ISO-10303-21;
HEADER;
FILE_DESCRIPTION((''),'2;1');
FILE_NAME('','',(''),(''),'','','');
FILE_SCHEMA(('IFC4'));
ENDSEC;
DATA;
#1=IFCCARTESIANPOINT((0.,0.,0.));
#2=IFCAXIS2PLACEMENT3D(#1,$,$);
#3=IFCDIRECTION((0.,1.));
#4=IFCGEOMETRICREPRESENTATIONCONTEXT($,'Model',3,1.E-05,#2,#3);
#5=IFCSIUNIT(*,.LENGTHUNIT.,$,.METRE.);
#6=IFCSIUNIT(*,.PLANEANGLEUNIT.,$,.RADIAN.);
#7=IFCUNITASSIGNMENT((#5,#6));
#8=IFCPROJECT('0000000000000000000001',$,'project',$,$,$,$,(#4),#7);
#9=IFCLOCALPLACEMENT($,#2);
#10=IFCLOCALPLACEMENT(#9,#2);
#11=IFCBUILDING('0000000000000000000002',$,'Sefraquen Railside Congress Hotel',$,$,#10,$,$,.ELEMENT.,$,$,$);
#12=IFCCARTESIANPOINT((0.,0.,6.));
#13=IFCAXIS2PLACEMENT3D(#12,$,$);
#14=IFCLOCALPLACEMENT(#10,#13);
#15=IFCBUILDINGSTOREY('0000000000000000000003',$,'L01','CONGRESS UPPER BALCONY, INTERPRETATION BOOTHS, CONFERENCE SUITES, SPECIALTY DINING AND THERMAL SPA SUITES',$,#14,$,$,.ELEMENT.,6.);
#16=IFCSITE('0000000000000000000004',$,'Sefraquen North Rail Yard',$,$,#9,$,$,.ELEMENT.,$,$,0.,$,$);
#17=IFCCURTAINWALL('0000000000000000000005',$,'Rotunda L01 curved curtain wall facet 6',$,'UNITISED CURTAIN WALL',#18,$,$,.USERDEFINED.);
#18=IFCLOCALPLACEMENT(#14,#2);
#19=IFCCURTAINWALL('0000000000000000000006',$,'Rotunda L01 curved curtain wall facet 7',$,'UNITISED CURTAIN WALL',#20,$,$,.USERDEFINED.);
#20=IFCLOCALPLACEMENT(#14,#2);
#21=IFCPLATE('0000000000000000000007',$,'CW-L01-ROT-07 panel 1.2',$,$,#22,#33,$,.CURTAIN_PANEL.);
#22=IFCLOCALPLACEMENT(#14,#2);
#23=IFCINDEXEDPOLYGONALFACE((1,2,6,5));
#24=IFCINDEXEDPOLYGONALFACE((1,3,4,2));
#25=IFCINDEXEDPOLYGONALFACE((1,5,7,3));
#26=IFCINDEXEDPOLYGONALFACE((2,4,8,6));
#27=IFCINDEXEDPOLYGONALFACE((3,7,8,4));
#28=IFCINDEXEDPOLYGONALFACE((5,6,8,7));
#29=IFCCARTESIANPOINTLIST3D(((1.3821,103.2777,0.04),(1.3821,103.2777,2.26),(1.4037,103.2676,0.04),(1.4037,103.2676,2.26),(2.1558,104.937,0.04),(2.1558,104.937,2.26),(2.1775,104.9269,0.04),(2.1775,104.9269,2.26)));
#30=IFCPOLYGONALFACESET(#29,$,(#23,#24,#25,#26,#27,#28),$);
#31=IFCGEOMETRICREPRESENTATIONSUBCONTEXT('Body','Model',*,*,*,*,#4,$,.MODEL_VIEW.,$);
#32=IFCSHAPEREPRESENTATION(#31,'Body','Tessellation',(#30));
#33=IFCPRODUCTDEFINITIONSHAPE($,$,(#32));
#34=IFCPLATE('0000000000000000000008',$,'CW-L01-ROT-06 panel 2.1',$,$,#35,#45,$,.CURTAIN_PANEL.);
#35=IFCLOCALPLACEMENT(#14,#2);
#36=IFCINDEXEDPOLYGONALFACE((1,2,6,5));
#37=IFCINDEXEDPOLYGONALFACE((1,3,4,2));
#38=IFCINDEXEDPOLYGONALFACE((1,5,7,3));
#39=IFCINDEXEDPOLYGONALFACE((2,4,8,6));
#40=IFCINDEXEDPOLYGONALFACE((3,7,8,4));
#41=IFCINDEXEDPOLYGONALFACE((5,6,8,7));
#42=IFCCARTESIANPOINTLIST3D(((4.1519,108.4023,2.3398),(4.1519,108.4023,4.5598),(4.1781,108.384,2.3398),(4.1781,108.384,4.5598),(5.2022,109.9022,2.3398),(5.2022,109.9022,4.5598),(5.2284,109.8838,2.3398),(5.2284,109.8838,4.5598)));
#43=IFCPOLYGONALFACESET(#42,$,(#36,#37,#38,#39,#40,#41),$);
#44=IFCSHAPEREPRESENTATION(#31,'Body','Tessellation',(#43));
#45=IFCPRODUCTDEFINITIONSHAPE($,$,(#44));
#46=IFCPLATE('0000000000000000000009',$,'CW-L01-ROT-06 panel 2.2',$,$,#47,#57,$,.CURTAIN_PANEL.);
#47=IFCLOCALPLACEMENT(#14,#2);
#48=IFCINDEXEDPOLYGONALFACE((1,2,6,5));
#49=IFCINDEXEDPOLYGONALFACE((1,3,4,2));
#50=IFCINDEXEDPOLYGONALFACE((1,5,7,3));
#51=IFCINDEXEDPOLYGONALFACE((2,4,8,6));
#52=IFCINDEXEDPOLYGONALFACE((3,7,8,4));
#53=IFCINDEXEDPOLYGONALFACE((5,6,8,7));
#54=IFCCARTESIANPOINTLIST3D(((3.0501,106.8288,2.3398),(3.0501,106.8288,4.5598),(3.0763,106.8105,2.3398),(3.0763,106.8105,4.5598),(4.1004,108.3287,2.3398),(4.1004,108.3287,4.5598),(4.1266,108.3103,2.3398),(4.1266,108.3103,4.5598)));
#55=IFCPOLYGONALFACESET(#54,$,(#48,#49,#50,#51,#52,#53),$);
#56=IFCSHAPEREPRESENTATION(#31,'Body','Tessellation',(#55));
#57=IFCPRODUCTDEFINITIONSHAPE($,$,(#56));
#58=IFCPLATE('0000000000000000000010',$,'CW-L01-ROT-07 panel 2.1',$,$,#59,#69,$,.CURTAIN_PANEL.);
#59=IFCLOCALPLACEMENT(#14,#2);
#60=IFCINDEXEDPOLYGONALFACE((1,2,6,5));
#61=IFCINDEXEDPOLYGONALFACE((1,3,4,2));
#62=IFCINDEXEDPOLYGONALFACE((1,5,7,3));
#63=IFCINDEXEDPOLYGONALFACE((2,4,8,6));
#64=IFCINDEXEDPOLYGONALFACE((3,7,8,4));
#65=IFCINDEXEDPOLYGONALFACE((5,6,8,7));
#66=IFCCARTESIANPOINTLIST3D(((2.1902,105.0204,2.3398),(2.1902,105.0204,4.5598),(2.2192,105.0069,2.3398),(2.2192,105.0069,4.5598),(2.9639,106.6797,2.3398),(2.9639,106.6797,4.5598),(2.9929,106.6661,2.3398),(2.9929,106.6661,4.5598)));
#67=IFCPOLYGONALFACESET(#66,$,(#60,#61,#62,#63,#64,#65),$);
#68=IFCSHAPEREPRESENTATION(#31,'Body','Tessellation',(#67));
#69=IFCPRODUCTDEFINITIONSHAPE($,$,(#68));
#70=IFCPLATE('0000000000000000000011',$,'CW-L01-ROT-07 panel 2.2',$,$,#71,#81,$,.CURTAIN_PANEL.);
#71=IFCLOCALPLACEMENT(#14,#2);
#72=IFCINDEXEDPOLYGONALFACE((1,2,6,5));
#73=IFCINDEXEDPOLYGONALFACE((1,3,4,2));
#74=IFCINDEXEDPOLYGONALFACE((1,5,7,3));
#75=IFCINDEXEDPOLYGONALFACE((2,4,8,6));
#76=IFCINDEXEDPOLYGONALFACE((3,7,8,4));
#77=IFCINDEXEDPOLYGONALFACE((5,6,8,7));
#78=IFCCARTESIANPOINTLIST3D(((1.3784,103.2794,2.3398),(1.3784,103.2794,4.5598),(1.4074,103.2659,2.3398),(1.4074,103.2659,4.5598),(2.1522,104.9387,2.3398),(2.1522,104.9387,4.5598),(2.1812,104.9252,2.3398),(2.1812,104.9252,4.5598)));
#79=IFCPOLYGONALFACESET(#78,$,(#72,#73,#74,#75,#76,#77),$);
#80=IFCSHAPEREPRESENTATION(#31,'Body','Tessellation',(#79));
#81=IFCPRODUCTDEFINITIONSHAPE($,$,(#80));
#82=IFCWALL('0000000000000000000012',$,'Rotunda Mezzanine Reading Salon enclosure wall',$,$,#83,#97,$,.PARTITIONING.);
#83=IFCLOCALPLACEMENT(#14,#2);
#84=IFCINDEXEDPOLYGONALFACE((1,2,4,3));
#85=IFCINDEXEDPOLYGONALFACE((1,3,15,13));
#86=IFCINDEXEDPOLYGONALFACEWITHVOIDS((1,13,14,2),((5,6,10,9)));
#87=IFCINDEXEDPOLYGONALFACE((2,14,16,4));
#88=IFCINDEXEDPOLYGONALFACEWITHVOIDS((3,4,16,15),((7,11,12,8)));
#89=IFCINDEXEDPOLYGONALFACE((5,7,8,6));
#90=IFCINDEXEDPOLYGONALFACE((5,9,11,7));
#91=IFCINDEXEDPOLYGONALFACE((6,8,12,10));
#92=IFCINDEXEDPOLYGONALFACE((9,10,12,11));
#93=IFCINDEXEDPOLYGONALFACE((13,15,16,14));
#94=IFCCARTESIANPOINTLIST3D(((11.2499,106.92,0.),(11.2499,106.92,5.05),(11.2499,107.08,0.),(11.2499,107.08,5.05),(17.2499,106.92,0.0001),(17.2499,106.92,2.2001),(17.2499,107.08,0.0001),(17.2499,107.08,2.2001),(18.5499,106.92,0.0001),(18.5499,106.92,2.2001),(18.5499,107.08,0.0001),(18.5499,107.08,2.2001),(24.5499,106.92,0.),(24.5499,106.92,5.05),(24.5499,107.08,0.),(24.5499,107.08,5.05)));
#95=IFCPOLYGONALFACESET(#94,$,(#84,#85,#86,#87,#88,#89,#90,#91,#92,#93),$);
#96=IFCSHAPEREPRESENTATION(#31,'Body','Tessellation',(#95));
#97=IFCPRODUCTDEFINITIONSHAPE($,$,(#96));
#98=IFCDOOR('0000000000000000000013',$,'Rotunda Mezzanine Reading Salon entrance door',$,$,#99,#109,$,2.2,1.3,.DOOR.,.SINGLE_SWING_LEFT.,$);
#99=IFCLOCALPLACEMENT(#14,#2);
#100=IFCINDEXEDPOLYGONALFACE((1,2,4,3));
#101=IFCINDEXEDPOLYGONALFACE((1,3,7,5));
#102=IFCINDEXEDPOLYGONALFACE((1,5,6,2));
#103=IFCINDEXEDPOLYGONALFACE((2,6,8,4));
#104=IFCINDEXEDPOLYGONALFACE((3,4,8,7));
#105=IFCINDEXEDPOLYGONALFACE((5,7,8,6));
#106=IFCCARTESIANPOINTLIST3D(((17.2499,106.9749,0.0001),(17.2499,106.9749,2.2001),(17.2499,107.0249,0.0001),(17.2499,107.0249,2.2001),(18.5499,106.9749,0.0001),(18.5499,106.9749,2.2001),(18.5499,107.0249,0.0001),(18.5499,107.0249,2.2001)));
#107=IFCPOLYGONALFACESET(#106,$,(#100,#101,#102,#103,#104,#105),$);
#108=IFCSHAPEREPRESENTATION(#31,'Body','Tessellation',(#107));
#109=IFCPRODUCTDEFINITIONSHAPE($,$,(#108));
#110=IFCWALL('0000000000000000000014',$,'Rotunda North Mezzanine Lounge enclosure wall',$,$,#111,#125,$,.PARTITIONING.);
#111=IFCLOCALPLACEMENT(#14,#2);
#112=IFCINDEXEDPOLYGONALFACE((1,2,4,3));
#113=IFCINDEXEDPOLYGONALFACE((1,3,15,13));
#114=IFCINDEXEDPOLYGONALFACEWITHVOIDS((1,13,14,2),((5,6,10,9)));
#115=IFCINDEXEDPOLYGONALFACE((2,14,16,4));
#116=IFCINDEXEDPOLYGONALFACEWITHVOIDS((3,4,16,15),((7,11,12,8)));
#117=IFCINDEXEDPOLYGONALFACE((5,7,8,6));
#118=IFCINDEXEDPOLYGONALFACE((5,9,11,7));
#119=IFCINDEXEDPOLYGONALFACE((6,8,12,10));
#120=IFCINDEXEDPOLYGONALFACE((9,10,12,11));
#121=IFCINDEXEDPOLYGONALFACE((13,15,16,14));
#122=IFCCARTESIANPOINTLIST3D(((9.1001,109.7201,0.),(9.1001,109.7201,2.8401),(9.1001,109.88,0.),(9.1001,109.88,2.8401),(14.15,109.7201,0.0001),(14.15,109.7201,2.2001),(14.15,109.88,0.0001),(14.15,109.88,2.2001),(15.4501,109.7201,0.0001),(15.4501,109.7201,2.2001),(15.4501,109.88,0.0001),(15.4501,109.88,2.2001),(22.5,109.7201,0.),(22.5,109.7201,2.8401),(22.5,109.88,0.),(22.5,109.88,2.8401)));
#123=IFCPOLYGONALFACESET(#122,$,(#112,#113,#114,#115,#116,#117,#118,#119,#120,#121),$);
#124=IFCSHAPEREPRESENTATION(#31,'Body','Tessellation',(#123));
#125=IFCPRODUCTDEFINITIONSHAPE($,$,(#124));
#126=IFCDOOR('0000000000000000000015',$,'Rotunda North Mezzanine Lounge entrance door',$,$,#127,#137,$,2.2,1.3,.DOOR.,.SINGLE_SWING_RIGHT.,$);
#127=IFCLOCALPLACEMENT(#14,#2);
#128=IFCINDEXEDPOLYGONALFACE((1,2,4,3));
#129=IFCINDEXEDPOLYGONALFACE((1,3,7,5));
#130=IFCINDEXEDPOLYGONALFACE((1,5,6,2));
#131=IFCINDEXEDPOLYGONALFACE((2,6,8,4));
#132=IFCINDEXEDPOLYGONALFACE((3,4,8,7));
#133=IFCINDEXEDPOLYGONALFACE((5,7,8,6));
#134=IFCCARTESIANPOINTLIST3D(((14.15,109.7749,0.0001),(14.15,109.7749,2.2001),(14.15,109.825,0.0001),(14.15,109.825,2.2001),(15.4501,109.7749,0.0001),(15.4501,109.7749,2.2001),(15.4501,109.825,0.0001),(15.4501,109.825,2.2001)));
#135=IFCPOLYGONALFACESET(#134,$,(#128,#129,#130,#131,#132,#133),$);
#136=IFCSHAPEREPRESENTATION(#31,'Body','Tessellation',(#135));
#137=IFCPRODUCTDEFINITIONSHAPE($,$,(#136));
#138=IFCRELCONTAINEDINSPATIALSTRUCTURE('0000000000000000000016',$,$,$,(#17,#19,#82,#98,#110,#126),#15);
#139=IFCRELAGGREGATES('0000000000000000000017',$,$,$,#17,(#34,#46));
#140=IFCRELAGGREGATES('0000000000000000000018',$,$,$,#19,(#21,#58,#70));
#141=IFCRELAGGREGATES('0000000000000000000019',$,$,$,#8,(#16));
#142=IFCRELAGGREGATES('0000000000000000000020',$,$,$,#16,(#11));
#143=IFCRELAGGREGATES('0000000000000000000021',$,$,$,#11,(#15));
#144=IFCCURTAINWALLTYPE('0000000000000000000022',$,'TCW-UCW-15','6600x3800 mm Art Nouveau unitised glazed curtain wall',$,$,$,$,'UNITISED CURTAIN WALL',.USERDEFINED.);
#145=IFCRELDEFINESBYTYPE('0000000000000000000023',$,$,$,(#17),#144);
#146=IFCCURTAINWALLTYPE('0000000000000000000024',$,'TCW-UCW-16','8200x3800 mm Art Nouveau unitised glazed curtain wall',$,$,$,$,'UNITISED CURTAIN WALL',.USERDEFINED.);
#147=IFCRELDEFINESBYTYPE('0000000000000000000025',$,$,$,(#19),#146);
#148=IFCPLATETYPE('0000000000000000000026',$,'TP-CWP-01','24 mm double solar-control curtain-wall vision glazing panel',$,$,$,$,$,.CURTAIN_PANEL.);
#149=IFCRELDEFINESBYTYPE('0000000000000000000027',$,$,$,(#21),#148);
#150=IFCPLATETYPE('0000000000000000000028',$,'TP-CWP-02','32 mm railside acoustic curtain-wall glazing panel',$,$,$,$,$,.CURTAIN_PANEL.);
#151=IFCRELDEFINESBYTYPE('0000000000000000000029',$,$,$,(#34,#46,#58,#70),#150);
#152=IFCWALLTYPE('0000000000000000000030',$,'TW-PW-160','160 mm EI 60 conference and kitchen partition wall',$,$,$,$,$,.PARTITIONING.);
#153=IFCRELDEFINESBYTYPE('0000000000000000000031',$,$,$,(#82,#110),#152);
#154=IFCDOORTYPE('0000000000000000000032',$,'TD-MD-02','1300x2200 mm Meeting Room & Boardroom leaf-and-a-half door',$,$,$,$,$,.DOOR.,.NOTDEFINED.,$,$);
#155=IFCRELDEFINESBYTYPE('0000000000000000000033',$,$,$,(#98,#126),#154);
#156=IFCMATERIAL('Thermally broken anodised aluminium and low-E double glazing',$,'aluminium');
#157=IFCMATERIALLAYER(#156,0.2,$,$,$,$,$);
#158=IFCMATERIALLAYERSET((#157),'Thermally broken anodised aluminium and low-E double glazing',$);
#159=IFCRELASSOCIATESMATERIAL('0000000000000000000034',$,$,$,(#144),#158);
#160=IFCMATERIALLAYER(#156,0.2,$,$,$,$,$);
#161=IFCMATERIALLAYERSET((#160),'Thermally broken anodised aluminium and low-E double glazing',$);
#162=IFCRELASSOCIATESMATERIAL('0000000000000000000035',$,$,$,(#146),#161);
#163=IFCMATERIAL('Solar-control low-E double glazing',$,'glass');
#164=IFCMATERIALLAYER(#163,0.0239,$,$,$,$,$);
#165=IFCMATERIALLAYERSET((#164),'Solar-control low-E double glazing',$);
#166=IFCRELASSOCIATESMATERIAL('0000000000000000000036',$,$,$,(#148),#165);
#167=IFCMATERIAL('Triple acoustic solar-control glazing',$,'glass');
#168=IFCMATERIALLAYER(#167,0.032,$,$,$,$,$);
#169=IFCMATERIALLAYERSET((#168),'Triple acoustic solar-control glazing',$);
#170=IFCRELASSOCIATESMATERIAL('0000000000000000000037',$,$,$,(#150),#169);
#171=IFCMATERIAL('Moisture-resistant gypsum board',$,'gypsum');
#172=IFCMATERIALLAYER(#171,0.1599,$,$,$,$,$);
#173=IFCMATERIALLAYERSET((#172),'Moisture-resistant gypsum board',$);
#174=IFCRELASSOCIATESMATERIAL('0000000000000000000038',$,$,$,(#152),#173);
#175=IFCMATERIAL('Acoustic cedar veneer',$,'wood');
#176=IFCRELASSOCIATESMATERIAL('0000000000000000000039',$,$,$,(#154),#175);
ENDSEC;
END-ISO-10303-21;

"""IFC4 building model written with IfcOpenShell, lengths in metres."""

from ifc_helpers import new_model, si_unit, direction, frame, frame_2d, origin, origin_2d, place, context, subcontext, project, spatial, rectangle, extrude, material, layer, layer_set, type_object, element, fill, aggregate, save


model = new_model("IFC4")

# Units and contexts
model_context = context("Model", 3, precision=1e-05, world=origin(), true_north=direction((0.0, 1.0)))
body_context = subcontext(model_context, "Body", "Model", "MODEL_VIEW")
ifc_project = project(units=[si_unit("LENGTHUNIT", "METRE"), si_unit("PLANEANGLEUNIT", "RADIAN")], contexts=[model_context])

# Site, building, storey
site_placement = place(None, origin())
site = spatial("IfcSite", under=ifc_project, at=site_placement, Name="Sefraquen North Rail Yard", CompositionType="ELEMENT", RefElevation=0.0)
building_placement = place(site_placement, origin())
building = spatial("IfcBuilding", under=site, at=building_placement, Name="Sefraquen Railside Congress Hotel", CompositionType="ELEMENT")
storey_placement = place(building_placement, frame((0.0, 0.0, 6.0)))
storey = spatial("IfcBuildingStorey", under=building, at=storey_placement, Name="L01", Description="CONGRESS UPPER BALCONY, INTERPRETATION BOOTHS, CONFERENCE SUITES, SPECIALTY DINING AND THERMAL SPA SUITES", CompositionType="ELEMENT", Elevation=6.0)

# Curtain walls
ifc_material_1 = material(Name="Thermally broken anodised aluminium and low-E double glazing", Category="aluminium")
ifc_layer_1 = layer(ifc_material_1, 0.2)
ifc_layer_set_1 = layer_set([ifc_layer_1], Name="Thermally broken anodised aluminium and low-E double glazing")
curtain_wall_type_1 = type_object("IfcCurtainWallType", Name="TCW-UCW-15", Description="6600x3800 mm Art Nouveau unitised glazed curtain wall", ElementType="UNITISED CURTAIN WALL", PredefinedType="USERDEFINED", material=ifc_layer_set_1)
curtain_wall_1_placement = place(storey_placement, origin())
curtain_wall_1 = element("IfcCurtainWall", 1, at=curtain_wall_1_placement, inside=storey, type_object=curtain_wall_type_1, Name="Rotunda L01 curved curtain wall facet 6", ObjectType="UNITISED CURTAIN WALL", PredefinedType="USERDEFINED")
ifc_layer_2 = layer(ifc_material_1, 0.2)
ifc_layer_set_2 = layer_set([ifc_layer_2], Name="Thermally broken anodised aluminium and low-E double glazing")
curtain_wall_type_2 = type_object("IfcCurtainWallType", Name="TCW-UCW-16", Description="8200x3800 mm Art Nouveau unitised glazed curtain wall", ElementType="UNITISED CURTAIN WALL", PredefinedType="USERDEFINED", material=ifc_layer_set_2)
curtain_wall_2_placement = place(storey_placement, origin())
curtain_wall_2 = element("IfcCurtainWall", 2, at=curtain_wall_2_placement, inside=storey, type_object=curtain_wall_type_2, Name="Rotunda L01 curved curtain wall facet 7", ObjectType="UNITISED CURTAIN WALL", PredefinedType="USERDEFINED")

# Plates
ifc_material_2 = material(Name="Solar-control low-E double glazing", Category="glass")
ifc_layer_3 = layer(ifc_material_2, 0.0239)
ifc_layer_set_3 = layer_set([ifc_layer_3], Name="Solar-control low-E double glazing")
plate_type_1 = type_object("IfcPlateType", Name="TP-CWP-01", Description="24 mm double solar-control curtain-wall vision glazing panel", PredefinedType="CURTAIN_PANEL", material=ifc_layer_set_3)
plate_1_placement = place(storey_placement, frame((1.7798, 104.1023, 0.04), z_axis=(0.0, 0.0, 1.0), x_axis=(-0.422634, -0.9063, 0.0)))
plate_1 = element("IfcPlate", 3, at=plate_1_placement, type_object=plate_type_1, Name="CW-L01-ROT-07 panel 1.2", PredefinedType="CURTAIN_PANEL", context=body_context, shape_type="SweptSolid", body=[
    extrude(rectangle(XDim=1.8308, YDim=0.0239, at=origin_2d()), origin(), (0.0, 0.0, 1.0), 2.22),
])
ifc_material_3 = material(Name="Triple acoustic solar-control glazing", Category="glass")
ifc_layer_4 = layer(ifc_material_3, 0.032)
ifc_layer_set_4 = layer_set([ifc_layer_4], Name="Triple acoustic solar-control glazing")
plate_type_2 = type_object("IfcPlateType", Name="TP-CWP-02", Description="32 mm railside acoustic curtain-wall glazing panel", PredefinedType="CURTAIN_PANEL", material=ifc_layer_set_4)
plate_2_placement = place(storey_placement, frame((4.6902, 109.1431, 2.3398), z_axis=(0.0, 0.0, 1.0), x_axis=(-0.573605, -0.819132, 0.0)))
plate_2 = element("IfcPlate", 4, at=plate_2_placement, type_object=plate_type_2, Name="CW-L01-ROT-06 panel 2.1", PredefinedType="CURTAIN_PANEL", context=body_context, shape_type="SweptSolid", body=[
    extrude(rectangle(XDim=1.8311, YDim=0.032, at=origin_2d()), origin(), (0.0, 0.0, 1.0), 2.22),
])
plate_3_placement = place(storey_placement, frame((3.5884, 107.5696, 2.3398), z_axis=(0.0, 0.0, 1.0), x_axis=(-0.573605, -0.819132, 0.0)))
plate_3 = element("IfcPlate", 5, at=plate_3_placement, type_object=plate_type_2, Name="CW-L01-ROT-06 panel 2.2", PredefinedType="CURTAIN_PANEL", context=body_context, shape_type="SweptSolid", body=[
    extrude(rectangle(XDim=1.8311, YDim=0.032, at=origin_2d()), origin(), (0.0, 0.0, 1.0), 2.22),
])
aggregate(curtain_wall_1, [plate_2, plate_3])
plate_4_placement = place(storey_placement, frame((2.5916, 105.8433, 2.3398), z_axis=(0.0, 0.0, 1.0), x_axis=(-0.422634, -0.9063, 0.0)))
plate_4 = element("IfcPlate", 6, at=plate_4_placement, type_object=plate_type_2, Name="CW-L01-ROT-07 panel 2.1", PredefinedType="CURTAIN_PANEL", context=body_context, shape_type="SweptSolid", body=[
    extrude(rectangle(XDim=1.8308, YDim=0.032, at=origin_2d()), origin(), (0.0, 0.0, 1.0), 2.22),
])
plate_5_placement = place(storey_placement, frame((1.7798, 104.1023, 2.3398), z_axis=(0.0, 0.0, 1.0), x_axis=(-0.422634, -0.9063, 0.0)))
plate_5 = element("IfcPlate", 7, at=plate_5_placement, type_object=plate_type_2, Name="CW-L01-ROT-07 panel 2.2", PredefinedType="CURTAIN_PANEL", context=body_context, shape_type="SweptSolid", body=[
    extrude(rectangle(XDim=1.8308, YDim=0.032, at=origin_2d()), origin(), (0.0, 0.0, 1.0), 2.22),
])
aggregate(curtain_wall_2, [plate_1, plate_4, plate_5])

# Walls, openings, doors
ifc_material_4 = material(Name="Moisture-resistant gypsum board", Category="gypsum")
ifc_layer_5 = layer(ifc_material_4, 0.1599)
ifc_layer_set_5 = layer_set([ifc_layer_5], Name="Moisture-resistant gypsum board")
wall_type = type_object("IfcWallType", Name="TW-PW-160", Description="160 mm EI 60 conference and kitchen partition wall", PredefinedType="PARTITIONING", material=ifc_layer_set_5)
wall_1_placement = place(storey_placement, frame((11.25, 107.0, 0.0), z_axis=(0.0, 0.0, 1.0), x_axis=(1.0, 0.0, 0.0)))
wall_1 = element("IfcWall", 8, at=wall_1_placement, inside=storey, type_object=wall_type, Name="Rotunda Mezzanine Reading Salon enclosure wall", PredefinedType="PARTITIONING", context=body_context, shape_type="SweptSolid", body=[
    extrude(rectangle(XDim=13.3, YDim=0.1599, at=frame_2d((6.6499, 0.0))), origin(), (0.0, 0.0, 1.0), 5.05),
])
opening_1_placement = place(wall_1_placement, frame((6.0, 0.0, 0.0)))
opening_1 = element("IfcOpeningElement", 9, at=opening_1_placement, cuts=wall_1, PredefinedType="OPENING", context=body_context, shape_type="SweptSolid", body=[
    extrude(rectangle(XDim=1.3, YDim=2.2, at=frame_2d((0.6499, 1.1001))), frame((0.0, 0.0898, 0.0), z_axis=(0.0, -1.0, 0.0), x_axis=(1.0, 0.0, 0.0)), (0.0, 0.0, 1.0), 0.1799),
])
ifc_material_5 = material(Name="Acoustic cedar veneer", Category="wood")
door_type = type_object("IfcDoorType", Name="TD-MD-02", Description="1300x2200 mm Meeting Room & Boardroom leaf-and-a-half door", OperationType="NOTDEFINED", PredefinedType="DOOR", material=ifc_material_5)
door_1_placement = place(opening_1_placement, origin())
door_1 = element("IfcDoor", 10, at=door_1_placement, inside=storey, type_object=door_type, Name="Rotunda Mezzanine Reading Salon entrance door", OperationType="SINGLE_SWING_LEFT", OverallHeight=2.2, OverallWidth=1.3, PredefinedType="DOOR", context=body_context, shape_type="SweptSolid", body=[
    extrude(rectangle(XDim=1.3, YDim=2.2, at=frame_2d((0.6499, 1.1001))), frame((0.0, 0.0249, 0.0), z_axis=(0.0, -1.0, 0.0), x_axis=(1.0, 0.0, 0.0)), (0.0, 0.0, 1.0), 0.05),
])
fill(opening_1, door_1)
wall_2_placement = place(storey_placement, frame((9.1001, 109.8, 0.0), z_axis=(0.0, 0.0, 1.0), x_axis=(1.0, 0.0, 0.0)))
wall_2 = element("IfcWall", 11, at=wall_2_placement, inside=storey, type_object=wall_type, Name="Rotunda North Mezzanine Lounge enclosure wall", PredefinedType="PARTITIONING", context=body_context, shape_type="SweptSolid", body=[
    extrude(rectangle(XDim=13.3999, YDim=0.1599, at=frame_2d((6.7, 0.0))), origin(), (0.0, 0.0, 1.0), 2.8401),
])
opening_2_placement = place(wall_2_placement, frame((5.05, 0.0, 0.0)))
opening_2 = element("IfcOpeningElement", 12, at=opening_2_placement, cuts=wall_2, PredefinedType="OPENING", context=body_context, shape_type="SweptSolid", body=[
    extrude(rectangle(XDim=1.3, YDim=2.2, at=frame_2d((0.6499, 1.1001))), frame((0.0, 0.0898, 0.0), z_axis=(0.0, -1.0, 0.0), x_axis=(1.0, 0.0, 0.0)), (0.0, 0.0, 1.0), 0.1799),
])
door_2_placement = place(opening_2_placement, origin())
door_2 = element("IfcDoor", 13, at=door_2_placement, inside=storey, type_object=door_type, Name="Rotunda North Mezzanine Lounge entrance door", OperationType="SINGLE_SWING_RIGHT", OverallHeight=2.2, OverallWidth=1.3, PredefinedType="DOOR", context=body_context, shape_type="SweptSolid", body=[
    extrude(rectangle(XDim=1.3, YDim=2.2, at=frame_2d((0.6499, 1.1001))), frame((0.0, 0.0249, 0.0), z_axis=(0.0, -1.0, 0.0), x_axis=(1.0, 0.0, 0.0)), (0.0, 0.0, 1.0), 0.05),
])
fill(opening_2, door_2)

save(model, "model.ifc")
